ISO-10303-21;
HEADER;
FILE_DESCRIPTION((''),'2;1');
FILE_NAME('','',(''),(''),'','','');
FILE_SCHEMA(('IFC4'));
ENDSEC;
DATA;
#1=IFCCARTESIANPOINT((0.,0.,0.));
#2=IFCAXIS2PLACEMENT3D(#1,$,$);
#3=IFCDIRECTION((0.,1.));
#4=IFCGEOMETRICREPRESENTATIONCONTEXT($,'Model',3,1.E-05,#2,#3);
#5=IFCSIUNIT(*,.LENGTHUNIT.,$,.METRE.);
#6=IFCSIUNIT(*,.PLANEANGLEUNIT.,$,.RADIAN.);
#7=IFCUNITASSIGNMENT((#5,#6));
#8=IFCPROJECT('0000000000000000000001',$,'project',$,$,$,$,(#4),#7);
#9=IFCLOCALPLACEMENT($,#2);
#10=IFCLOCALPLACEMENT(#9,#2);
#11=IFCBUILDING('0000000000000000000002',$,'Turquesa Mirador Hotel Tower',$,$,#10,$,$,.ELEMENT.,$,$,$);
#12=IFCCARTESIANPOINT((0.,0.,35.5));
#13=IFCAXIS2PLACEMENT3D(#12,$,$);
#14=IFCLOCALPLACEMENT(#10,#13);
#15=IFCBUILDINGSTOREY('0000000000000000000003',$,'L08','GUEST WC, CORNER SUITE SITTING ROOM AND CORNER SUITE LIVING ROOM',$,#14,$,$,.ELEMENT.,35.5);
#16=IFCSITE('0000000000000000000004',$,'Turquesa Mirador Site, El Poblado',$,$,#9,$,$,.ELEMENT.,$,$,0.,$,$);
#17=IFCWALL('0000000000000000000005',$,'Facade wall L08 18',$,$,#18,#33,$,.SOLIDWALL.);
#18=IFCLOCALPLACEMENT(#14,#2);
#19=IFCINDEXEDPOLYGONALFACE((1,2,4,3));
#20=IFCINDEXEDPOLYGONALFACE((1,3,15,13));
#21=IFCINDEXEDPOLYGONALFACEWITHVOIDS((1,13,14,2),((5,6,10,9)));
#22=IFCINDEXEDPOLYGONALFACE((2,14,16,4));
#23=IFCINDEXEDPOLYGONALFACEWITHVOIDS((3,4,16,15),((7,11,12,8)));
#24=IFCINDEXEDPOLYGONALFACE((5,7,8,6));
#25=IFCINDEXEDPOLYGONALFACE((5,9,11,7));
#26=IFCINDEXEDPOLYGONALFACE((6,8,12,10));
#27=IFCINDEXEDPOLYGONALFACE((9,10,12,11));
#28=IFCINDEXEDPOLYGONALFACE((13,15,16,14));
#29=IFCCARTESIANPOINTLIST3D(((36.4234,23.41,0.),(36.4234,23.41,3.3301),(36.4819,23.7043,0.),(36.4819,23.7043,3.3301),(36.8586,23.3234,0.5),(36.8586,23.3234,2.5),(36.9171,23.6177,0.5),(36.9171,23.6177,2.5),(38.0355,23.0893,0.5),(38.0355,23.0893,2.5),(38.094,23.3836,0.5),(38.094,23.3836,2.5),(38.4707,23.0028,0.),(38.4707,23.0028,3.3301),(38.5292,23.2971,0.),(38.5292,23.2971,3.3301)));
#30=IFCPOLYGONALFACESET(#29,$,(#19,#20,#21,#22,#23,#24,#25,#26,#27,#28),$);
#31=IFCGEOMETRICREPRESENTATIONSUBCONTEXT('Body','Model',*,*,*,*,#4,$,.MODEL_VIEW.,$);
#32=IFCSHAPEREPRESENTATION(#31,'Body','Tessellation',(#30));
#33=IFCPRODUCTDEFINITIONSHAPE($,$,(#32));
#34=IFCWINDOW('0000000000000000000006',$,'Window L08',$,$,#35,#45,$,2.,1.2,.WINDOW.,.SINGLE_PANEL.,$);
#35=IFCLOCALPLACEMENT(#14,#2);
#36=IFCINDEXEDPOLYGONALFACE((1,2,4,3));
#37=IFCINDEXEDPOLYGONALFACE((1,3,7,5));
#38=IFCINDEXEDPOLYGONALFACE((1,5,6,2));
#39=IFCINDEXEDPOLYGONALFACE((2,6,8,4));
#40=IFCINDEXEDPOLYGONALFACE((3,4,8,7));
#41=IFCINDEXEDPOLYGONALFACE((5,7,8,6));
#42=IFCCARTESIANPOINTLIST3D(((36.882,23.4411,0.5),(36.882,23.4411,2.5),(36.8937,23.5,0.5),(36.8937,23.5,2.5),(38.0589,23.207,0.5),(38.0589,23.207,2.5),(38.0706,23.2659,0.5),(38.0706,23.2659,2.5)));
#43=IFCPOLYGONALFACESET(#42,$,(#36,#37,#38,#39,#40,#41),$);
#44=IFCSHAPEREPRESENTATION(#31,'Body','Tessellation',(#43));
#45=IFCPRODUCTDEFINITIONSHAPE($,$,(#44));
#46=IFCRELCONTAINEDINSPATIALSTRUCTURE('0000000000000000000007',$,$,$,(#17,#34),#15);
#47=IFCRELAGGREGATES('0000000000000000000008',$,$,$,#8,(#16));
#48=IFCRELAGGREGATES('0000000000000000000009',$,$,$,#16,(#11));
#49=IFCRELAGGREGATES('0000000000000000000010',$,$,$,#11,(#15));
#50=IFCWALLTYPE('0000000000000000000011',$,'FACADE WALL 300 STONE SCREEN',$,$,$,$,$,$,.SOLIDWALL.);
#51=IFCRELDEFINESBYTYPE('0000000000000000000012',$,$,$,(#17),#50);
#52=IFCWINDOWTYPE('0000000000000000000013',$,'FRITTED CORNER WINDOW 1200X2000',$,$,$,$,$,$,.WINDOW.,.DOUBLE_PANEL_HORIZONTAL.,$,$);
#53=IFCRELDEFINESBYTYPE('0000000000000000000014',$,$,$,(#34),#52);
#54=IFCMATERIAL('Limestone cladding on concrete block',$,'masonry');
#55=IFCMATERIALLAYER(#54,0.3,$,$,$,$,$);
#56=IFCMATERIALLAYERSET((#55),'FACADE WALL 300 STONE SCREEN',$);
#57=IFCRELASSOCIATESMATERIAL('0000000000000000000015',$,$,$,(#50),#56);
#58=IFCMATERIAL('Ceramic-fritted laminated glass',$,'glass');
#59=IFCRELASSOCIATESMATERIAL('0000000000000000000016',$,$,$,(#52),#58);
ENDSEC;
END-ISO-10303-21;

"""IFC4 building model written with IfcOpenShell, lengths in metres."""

from ifc_helpers import new_model, si_unit, direction, frame, frame_2d, origin, place, context, subcontext, project, spatial, rectangle, extrude, material, layer, layer_set, type_object, element, fill, save


model = new_model("IFC4")

# Units and contexts
model_context = context("Model", 3, precision=1e-05, world=origin(), true_north=direction((0.0, 1.0)))
body_context = subcontext(model_context, "Body", "Model", "MODEL_VIEW")
ifc_project = project(units=[si_unit("LENGTHUNIT", "METRE"), si_unit("PLANEANGLEUNIT", "RADIAN")], contexts=[model_context])

# Site, building, storey
site_placement = place(None, origin())
site = spatial("IfcSite", under=ifc_project, at=site_placement, Name="Turquesa Mirador Site, El Poblado", CompositionType="ELEMENT", RefElevation=0.0)
building_placement = place(site_placement, origin())
building = spatial("IfcBuilding", under=site, at=building_placement, Name="Turquesa Mirador Hotel Tower", CompositionType="ELEMENT")
storey_placement = place(building_placement, frame((0.0, 0.0, 35.5)))
storey = spatial("IfcBuildingStorey", under=building, at=storey_placement, Name="L08", Description="GUEST WC, CORNER SUITE SITTING ROOM AND CORNER SUITE LIVING ROOM", CompositionType="ELEMENT", Elevation=35.5)

# Wall, opening, window
ifc_material_1 = material(Name="Limestone cladding on concrete block", Category="masonry")
ifc_layer_1 = layer(ifc_material_1, 0.3)
ifc_layer_set_1 = layer_set([ifc_layer_1], Name="FACADE WALL 300 STONE SCREEN")
wall_type_1 = type_object("IfcWallType", Name="FACADE WALL 300 STONE SCREEN", PredefinedType="SOLIDWALL", material=ifc_layer_set_1)
ifc_material_2 = material(Name="Ceramic-fritted laminated glass", Category="glass")
window_type_1 = type_object("IfcWindowType", Name="FRITTED CORNER WINDOW 1200X2000", PartitioningType="DOUBLE_PANEL_HORIZONTAL", PredefinedType="WINDOW", material=ifc_material_2)
wall_1_placement = place(storey_placement, frame((36.4526, 23.5571, 0.0), z_axis=(0.0, 0.0, 1.0), x_axis=(0.980787, -0.195081, 0.0)))
wall_1 = element("IfcWall", 1, at=wall_1_placement, inside=storey, type_object=wall_type_1, Name="Facade wall L08 18", PredefinedType="SOLIDWALL", context=body_context, shape_type="SweptSolid", body=[
    extrude(rectangle(XDim=2.0874, YDim=0.3, at=frame_2d((1.0437, 0.0))), origin(), (0.0, 0.0, 1.0), 3.3301),
])
opening_1_placement = place(wall_1_placement, frame((0.4436, 0.0, 0.5)))
opening_1 = element("IfcOpeningElement", 2, at=opening_1_placement, cuts=wall_1, PredefinedType="OPENING", context=body_context, shape_type="SweptSolid", body=[
    extrude(rectangle(XDim=1.2, YDim=2.0, at=frame_2d((0.6001, 1.0))), frame((0.0, 0.1599, 0.0), z_axis=(0.0, -1.0, 0.0), x_axis=(1.0, 0.0, 0.0)), (0.0, 0.0, 1.0), 0.3201),
])
window_1_placement = place(opening_1_placement, origin())
window_1 = element("IfcWindow", 3, at=window_1_placement, inside=storey, type_object=window_type_1, Name="Window L08", OverallHeight=2.0, OverallWidth=1.2, PartitioningType="SINGLE_PANEL", PredefinedType="WINDOW", context=body_context, shape_type="SweptSolid", body=[
    extrude(rectangle(XDim=1.2, YDim=2.0, at=frame_2d((0.6001, 1.0))), frame((0.0, 0.03, 0.0), z_axis=(0.0, -1.0, 0.0), x_axis=(1.0, 0.0, 0.0)), (0.0, 0.0, 1.0), 0.0601),
])
fill(opening_1, window_1)

save(model, "model.ifc")
